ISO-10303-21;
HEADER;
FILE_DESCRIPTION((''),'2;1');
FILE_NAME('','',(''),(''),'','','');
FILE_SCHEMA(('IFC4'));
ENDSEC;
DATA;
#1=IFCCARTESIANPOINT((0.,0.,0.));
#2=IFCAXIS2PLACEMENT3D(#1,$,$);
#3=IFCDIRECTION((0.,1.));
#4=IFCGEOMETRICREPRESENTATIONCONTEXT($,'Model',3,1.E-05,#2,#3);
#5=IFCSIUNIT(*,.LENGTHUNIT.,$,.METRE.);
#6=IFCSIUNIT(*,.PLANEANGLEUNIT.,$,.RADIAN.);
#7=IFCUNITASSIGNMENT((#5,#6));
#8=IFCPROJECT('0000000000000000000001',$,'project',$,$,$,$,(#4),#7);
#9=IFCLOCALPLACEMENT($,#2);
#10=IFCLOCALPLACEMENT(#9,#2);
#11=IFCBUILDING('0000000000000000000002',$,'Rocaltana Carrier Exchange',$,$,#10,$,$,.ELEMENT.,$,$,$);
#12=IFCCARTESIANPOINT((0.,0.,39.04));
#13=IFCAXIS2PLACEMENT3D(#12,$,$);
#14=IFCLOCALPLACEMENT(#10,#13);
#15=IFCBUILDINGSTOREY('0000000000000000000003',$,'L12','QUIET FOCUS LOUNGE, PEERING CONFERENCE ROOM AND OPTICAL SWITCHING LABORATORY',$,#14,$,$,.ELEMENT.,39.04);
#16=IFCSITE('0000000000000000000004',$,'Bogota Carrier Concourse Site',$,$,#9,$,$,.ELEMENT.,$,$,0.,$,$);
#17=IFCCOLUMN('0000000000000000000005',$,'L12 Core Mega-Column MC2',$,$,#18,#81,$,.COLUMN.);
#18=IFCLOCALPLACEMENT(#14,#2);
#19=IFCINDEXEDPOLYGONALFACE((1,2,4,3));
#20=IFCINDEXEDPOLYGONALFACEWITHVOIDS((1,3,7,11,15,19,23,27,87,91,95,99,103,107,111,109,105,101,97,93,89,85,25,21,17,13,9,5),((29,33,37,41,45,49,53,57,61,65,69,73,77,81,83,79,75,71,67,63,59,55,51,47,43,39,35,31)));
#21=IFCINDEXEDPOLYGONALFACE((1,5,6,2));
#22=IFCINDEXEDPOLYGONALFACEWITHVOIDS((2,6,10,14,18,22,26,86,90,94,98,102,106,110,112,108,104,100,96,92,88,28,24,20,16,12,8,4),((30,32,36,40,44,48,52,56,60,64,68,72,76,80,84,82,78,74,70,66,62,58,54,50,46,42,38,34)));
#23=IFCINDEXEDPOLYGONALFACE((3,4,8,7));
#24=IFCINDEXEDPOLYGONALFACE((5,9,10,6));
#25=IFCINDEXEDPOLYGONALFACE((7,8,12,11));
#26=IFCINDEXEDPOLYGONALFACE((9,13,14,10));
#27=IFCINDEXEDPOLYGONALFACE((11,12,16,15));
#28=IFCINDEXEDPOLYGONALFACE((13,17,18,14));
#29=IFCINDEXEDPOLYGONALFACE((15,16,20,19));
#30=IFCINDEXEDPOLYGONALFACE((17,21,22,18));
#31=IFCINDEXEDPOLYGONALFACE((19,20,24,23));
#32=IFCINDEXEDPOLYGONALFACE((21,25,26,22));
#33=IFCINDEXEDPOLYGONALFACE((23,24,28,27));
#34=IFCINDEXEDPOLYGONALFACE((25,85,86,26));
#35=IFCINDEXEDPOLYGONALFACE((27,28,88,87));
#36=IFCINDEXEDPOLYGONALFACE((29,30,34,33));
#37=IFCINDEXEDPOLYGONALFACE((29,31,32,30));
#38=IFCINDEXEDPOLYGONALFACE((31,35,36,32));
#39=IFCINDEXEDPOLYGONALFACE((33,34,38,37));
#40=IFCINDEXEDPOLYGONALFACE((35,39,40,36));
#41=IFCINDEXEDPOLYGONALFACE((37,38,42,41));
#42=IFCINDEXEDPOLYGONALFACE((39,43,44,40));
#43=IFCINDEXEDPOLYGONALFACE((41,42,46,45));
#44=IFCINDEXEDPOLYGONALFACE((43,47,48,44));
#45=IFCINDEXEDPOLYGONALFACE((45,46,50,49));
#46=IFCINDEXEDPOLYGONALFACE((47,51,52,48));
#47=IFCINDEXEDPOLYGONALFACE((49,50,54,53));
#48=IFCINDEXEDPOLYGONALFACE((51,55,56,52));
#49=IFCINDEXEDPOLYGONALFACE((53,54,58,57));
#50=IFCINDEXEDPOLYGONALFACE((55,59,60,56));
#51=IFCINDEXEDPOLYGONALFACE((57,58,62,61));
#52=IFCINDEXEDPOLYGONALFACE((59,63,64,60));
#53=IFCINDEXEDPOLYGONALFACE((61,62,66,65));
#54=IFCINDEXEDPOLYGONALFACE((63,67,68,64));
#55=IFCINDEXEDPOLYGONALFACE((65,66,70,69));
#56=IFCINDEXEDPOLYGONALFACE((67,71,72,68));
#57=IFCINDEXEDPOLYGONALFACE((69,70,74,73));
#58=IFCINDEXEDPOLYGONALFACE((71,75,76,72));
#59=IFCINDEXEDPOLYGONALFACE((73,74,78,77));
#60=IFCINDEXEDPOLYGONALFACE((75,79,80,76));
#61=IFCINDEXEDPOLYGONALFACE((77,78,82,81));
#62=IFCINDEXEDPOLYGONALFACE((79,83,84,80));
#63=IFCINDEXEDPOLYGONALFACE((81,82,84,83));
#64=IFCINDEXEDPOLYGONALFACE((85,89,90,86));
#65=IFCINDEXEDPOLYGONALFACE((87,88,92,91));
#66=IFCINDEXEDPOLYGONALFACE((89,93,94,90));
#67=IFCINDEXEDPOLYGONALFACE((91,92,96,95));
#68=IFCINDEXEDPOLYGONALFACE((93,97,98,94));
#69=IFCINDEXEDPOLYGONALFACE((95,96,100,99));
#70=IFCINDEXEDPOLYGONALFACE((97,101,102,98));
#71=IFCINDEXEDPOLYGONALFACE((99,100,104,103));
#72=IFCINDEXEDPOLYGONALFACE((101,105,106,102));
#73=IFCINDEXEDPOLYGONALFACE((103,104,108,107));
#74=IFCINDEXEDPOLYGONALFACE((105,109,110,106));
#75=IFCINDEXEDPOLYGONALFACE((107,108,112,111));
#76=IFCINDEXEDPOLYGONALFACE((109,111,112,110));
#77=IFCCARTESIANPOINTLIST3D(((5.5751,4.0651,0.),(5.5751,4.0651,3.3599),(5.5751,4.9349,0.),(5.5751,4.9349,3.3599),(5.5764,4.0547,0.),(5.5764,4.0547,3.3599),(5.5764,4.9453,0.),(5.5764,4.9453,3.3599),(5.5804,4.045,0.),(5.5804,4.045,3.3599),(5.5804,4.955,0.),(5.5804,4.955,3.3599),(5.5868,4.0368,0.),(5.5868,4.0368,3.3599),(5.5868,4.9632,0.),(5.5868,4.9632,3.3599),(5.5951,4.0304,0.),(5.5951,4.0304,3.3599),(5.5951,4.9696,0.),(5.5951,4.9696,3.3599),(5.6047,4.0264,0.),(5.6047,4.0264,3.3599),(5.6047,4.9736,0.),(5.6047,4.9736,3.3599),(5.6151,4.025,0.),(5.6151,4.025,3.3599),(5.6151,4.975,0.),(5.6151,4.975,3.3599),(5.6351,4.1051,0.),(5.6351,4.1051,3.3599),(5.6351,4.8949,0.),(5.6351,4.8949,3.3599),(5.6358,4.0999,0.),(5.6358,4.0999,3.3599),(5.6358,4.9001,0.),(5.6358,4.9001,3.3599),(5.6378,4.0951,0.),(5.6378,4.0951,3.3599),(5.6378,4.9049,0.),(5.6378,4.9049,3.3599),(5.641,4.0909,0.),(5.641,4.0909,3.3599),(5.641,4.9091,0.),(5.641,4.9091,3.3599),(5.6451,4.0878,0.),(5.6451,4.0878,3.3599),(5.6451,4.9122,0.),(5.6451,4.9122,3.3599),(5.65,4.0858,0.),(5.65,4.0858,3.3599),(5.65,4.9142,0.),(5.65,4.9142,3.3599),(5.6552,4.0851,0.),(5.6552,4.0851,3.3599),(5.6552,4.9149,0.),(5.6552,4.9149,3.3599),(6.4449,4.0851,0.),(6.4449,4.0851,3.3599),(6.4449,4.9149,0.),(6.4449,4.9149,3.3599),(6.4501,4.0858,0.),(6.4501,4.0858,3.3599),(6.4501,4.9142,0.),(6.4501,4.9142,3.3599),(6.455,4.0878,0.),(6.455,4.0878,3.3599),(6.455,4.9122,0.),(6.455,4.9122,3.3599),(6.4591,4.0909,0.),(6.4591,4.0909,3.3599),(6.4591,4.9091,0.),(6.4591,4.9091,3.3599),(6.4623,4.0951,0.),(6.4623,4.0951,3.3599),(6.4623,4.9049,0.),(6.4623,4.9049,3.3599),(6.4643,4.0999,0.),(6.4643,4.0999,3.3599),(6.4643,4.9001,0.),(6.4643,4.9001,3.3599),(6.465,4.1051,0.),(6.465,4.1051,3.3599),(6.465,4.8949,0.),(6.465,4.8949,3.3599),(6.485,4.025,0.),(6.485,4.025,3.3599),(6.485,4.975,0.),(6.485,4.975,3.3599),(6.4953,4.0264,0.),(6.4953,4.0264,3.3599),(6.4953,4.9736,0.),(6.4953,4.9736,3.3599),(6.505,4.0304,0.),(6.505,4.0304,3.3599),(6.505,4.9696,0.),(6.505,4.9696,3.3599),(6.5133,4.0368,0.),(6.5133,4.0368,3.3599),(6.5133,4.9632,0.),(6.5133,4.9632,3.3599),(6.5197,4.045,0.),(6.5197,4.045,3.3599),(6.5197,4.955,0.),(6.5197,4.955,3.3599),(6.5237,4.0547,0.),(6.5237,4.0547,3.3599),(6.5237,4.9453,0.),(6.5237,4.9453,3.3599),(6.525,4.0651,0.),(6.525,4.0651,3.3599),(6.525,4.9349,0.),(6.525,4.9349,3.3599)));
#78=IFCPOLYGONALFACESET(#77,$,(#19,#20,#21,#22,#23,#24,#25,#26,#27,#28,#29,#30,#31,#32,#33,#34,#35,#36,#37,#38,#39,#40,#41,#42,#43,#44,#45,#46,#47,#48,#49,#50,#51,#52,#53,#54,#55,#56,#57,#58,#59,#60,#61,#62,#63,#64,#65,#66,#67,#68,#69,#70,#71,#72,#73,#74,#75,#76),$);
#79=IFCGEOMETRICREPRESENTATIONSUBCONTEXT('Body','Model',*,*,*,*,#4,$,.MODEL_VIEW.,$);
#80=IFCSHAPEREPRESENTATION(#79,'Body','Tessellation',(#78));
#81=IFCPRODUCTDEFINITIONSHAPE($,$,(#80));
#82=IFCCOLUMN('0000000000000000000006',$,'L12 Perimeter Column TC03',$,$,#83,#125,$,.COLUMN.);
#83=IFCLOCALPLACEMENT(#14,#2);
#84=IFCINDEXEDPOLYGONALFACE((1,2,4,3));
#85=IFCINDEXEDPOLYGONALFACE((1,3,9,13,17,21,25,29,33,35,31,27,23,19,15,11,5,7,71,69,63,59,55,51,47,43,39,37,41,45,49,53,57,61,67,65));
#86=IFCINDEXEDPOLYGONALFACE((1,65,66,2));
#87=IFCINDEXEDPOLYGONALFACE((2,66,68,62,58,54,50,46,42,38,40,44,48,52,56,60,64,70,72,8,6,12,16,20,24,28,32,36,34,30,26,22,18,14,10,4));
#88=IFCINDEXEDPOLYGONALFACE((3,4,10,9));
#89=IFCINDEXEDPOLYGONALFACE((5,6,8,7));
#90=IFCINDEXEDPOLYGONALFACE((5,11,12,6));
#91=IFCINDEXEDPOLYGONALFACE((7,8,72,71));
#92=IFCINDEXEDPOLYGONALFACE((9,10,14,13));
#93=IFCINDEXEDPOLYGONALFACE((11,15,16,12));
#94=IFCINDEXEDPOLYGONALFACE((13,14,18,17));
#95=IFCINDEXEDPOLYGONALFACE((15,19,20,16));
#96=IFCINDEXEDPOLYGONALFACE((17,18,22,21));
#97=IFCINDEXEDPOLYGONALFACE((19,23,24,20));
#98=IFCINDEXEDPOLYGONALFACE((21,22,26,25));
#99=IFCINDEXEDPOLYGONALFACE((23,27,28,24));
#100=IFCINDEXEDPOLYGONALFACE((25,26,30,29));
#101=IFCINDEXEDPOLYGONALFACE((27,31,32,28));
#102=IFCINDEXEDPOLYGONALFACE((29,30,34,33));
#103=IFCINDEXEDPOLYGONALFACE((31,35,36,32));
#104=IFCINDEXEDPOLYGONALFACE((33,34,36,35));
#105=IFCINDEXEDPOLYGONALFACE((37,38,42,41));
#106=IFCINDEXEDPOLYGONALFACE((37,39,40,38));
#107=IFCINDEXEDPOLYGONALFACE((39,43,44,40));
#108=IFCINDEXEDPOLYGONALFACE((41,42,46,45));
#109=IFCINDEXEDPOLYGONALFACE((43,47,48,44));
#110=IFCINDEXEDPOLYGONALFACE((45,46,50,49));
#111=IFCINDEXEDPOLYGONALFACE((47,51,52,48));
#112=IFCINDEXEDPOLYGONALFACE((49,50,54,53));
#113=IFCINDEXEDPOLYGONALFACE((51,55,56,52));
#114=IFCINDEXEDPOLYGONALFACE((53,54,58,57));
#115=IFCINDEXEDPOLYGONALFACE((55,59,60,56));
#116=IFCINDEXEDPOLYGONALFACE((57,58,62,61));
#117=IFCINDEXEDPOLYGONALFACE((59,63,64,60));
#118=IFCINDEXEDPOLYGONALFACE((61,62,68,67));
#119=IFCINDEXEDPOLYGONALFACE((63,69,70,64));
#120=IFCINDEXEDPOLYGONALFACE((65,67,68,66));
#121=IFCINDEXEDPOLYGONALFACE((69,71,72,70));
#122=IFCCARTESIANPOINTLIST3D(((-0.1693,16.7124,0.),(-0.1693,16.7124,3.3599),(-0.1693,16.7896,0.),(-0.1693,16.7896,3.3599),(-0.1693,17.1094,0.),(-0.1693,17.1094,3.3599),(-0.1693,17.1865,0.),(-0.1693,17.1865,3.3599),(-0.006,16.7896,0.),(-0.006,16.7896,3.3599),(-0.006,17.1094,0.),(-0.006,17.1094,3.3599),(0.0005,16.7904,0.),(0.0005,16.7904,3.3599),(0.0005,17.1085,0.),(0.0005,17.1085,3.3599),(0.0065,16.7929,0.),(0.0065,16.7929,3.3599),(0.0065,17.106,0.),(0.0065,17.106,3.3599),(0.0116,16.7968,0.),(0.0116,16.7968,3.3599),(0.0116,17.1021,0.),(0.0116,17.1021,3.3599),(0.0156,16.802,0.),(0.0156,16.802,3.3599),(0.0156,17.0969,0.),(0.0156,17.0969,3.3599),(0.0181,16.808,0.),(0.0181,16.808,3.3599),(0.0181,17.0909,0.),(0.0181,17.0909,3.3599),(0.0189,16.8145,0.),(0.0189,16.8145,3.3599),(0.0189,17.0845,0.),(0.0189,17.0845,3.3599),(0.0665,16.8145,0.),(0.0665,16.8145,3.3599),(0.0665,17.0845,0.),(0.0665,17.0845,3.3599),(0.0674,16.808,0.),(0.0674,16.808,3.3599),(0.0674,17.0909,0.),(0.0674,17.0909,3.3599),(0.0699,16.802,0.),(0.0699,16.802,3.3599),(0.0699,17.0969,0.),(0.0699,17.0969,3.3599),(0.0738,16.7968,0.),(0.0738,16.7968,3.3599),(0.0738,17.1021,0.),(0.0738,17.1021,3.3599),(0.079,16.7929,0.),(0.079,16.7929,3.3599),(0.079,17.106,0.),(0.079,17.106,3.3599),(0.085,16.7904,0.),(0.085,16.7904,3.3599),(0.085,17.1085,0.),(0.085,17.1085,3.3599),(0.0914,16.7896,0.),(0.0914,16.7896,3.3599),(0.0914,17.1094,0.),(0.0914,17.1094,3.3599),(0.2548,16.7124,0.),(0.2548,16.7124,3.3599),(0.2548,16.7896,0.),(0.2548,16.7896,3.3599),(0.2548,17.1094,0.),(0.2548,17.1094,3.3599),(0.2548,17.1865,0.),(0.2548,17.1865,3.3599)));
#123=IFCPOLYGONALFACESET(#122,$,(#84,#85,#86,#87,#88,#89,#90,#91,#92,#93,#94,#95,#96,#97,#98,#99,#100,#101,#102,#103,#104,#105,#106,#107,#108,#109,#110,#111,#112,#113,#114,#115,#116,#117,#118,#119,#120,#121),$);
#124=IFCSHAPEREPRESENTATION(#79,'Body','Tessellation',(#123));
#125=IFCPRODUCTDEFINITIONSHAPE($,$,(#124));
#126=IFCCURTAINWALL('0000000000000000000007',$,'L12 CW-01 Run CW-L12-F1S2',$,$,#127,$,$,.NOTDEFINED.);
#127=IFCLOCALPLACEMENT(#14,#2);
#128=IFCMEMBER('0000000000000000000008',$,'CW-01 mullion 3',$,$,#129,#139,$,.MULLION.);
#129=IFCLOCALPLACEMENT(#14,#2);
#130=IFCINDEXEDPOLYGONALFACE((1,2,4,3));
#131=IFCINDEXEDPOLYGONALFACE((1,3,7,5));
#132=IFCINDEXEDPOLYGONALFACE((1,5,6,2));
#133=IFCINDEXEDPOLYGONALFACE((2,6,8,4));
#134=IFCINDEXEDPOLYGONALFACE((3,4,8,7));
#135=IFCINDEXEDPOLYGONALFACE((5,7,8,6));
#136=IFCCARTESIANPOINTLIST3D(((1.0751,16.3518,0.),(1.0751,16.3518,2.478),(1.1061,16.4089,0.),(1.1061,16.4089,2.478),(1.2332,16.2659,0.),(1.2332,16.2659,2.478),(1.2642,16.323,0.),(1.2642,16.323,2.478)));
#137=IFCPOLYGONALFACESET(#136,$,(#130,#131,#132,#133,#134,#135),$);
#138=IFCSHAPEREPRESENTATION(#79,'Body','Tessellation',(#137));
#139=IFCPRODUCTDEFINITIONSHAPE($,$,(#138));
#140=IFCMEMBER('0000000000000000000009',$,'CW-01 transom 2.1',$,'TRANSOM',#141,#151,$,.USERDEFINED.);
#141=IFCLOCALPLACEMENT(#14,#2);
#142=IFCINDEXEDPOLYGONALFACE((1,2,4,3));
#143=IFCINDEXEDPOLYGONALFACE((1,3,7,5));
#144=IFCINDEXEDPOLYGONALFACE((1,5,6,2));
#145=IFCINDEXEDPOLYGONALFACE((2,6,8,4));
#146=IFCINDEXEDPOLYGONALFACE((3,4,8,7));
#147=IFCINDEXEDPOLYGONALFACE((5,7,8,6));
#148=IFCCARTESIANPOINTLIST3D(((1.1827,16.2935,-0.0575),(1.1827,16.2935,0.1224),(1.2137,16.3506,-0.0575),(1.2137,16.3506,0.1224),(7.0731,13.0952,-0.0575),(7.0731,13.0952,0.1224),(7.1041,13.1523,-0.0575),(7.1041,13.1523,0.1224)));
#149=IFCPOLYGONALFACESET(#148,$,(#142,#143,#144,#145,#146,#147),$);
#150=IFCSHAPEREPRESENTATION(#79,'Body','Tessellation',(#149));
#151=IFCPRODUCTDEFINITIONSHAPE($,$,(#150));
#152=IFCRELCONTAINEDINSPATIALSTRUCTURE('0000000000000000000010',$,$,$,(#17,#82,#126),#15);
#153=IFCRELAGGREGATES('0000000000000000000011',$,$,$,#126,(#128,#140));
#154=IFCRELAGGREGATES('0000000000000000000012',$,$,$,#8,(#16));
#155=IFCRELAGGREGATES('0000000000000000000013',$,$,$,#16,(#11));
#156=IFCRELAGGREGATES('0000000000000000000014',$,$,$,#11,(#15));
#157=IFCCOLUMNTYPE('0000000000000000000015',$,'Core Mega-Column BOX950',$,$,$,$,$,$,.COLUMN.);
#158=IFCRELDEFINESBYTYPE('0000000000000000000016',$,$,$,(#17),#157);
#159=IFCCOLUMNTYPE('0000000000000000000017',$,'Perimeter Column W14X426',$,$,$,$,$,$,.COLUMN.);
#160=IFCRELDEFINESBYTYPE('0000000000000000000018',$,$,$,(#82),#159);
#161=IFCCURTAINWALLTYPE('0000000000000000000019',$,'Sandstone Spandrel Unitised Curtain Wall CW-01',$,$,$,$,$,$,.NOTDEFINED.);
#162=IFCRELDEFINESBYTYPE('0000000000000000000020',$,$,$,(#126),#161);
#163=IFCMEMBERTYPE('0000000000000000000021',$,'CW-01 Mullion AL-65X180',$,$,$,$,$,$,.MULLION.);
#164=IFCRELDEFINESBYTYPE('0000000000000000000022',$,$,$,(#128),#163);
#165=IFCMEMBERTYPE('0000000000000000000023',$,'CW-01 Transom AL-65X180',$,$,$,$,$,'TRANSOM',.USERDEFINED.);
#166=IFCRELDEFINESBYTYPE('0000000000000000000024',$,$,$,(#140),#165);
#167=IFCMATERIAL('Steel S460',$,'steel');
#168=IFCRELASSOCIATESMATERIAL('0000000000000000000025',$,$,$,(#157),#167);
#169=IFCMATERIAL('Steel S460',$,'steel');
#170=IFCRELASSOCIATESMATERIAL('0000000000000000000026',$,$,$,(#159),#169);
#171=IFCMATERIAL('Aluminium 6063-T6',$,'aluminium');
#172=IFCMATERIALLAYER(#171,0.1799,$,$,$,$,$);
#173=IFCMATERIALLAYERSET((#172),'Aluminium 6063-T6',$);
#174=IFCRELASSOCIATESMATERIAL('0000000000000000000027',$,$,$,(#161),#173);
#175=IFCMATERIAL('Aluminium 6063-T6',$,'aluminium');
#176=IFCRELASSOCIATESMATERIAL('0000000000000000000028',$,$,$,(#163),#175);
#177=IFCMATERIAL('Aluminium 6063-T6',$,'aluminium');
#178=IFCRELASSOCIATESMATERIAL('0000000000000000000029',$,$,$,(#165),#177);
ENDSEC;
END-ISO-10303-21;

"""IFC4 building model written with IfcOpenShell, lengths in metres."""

from ifc_helpers import new_model, si_unit, direction, frame, origin, origin_2d, place, context, subcontext, project, spatial, rectangle, hollow_rectangle, i_section, extrude, material, layer, layer_set, material_profile, profile_set, type_object, element, aggregate, save


model = new_model("IFC4")

# Units and contexts
model_context = context("Model", 3, precision=1e-05, world=origin(), true_north=direction((0.0, 1.0)))
body_context = subcontext(model_context, "Body", "Model", "MODEL_VIEW")
ifc_project = project(units=[si_unit("LENGTHUNIT", "METRE"), si_unit("PLANEANGLEUNIT", "RADIAN")], contexts=[model_context])

# Site, building, storey
site_placement = place(None, origin())
site = spatial("IfcSite", under=ifc_project, at=site_placement, Name="Bogota Carrier Concourse Site", CompositionType="ELEMENT", RefElevation=0.0)
building_placement = place(site_placement, origin())
building = spatial("IfcBuilding", under=site, at=building_placement, Name="Rocaltana Carrier Exchange", CompositionType="ELEMENT")
storey_placement = place(building_placement, frame((0.0, 0.0, 39.04)))
storey = spatial("IfcBuildingStorey", under=building, at=storey_placement, Name="L12", Description="QUIET FOCUS LOUNGE, PEERING CONFERENCE ROOM AND OPTICAL SWITCHING LABORATORY", CompositionType="ELEMENT", Elevation=39.04)

# Columns
ifc_material_1 = material(Name="Steel S460", Category="steel")
ifc_material_profile_1 = material_profile(ifc_material_1, hollow_rectangle(XDim=0.95, YDim=0.95, WallThickness=0.0601, InnerFilletRadius=0.02, OuterFilletRadius=0.04, at=origin_2d()), Name="BOX950X950X60")
ifc_profile_set_1 = profile_set([ifc_material_profile_1], Name="Steel S460")
column_type_1 = type_object("IfcColumnType", Name="Core Mega-Column BOX950", PredefinedType="COLUMN", material=ifc_profile_set_1)
column_1_placement = place(storey_placement, frame((6.05, 4.5, 0.0), z_axis=(0.0, 0.0, 1.0), x_axis=(1.0, 0.0, 0.0)))
element("IfcColumn", 1, at=column_1_placement, inside=storey, type_object=column_type_1, Name="L12 Core Mega-Column MC2", PredefinedType="COLUMN", context=body_context, shape_type="SweptSolid", body=[
    extrude(hollow_rectangle(XDim=0.95, YDim=0.95, WallThickness=0.0601, InnerFilletRadius=0.02, OuterFilletRadius=0.04, at=origin_2d()), origin(), (0.0, 0.0, 1.0), 3.3599),
])
ifc_material_2 = material(Name="Steel S460", Category="steel")
ifc_material_profile_2 = material_profile(ifc_material_2, i_section(OverallWidth=0.4241, OverallDepth=0.4741, WebThickness=0.0476, FlangeThickness=0.0771, FilletRadius=0.0249, at=origin_2d()), Name="W14X426")
ifc_profile_set_2 = profile_set([ifc_material_profile_2], Name="Steel S460")
column_type_2 = type_object("IfcColumnType", Name="Perimeter Column W14X426", PredefinedType="COLUMN", material=ifc_profile_set_2)
column_2_placement = place(storey_placement, frame((0.0427, 16.9495, 0.0), z_axis=(0.0, 0.0, 1.0), x_axis=(1.0, 0.0, 0.0)))
element("IfcColumn", 2, at=column_2_placement, inside=storey, type_object=column_type_2, Name="L12 Perimeter Column TC03", PredefinedType="COLUMN", context=body_context, shape_type="SweptSolid", body=[
    extrude(i_section(OverallWidth=0.4241, OverallDepth=0.4741, WebThickness=0.0476, FlangeThickness=0.0771, FilletRadius=0.0249, at=origin_2d()), origin(), (0.0, 0.0, 1.0), 3.3599),
])

# Curtain wall, members
ifc_material_3 = material(Name="Aluminium 6063-T6", Category="aluminium")
ifc_layer_1 = layer(ifc_material_3, 0.1799)
ifc_layer_set_1 = layer_set([ifc_layer_1], Name="Aluminium 6063-T6")
curtain_wall_type = type_object("IfcCurtainWallType", Name="Sandstone Spandrel Unitised Curtain Wall CW-01", PredefinedType="NOTDEFINED", material=ifc_layer_set_1)
curtain_wall_placement = place(storey_placement, origin())
curtain_wall = element("IfcCurtainWall", 3, at=curtain_wall_placement, inside=storey, type_object=curtain_wall_type, Name="L12 CW-01 Run CW-L12-F1S2", PredefinedType="NOTDEFINED")
ifc_material_4 = material(Name="Aluminium 6063-T6", Category="aluminium")
ifc_material_profile_3 = material_profile(ifc_material_4, rectangle(XDim=0.0649, YDim=0.1799, at=origin_2d()), Name="AL-65X180")
ifc_profile_set_3 = profile_set([ifc_material_profile_3], Name="Aluminium 6063-T6")
member_type_1 = type_object("IfcMemberType", Name="CW-01 Mullion AL-65X180", PredefinedType="MULLION", material=ifc_profile_set_3)
member_1_placement = place(storey_placement, frame((1.1697, 16.3374, 0.0), z_axis=(0.0, 0.0, 1.0), x_axis=(-0.477164, -0.878814, 0.0)))
member_1 = element("IfcMember", 4, at=member_1_placement, type_object=member_type_1, Name="CW-01 mullion 3", PredefinedType="MULLION", context=body_context, shape_type="SweptSolid", body=[
    extrude(rectangle(XDim=0.0649, YDim=0.1799, at=origin_2d()), origin(), (0.0, 0.0, 1.0), 2.478),
])
ifc_material_5 = material(Name="Aluminium 6063-T6", Category="aluminium")
ifc_material_profile_4 = material_profile(ifc_material_5, rectangle(XDim=0.0649, YDim=0.1799, at=origin_2d()), Name="AL-65X180")
ifc_profile_set_4 = profile_set([ifc_material_profile_4], Name="Aluminium 6063-T6")
member_type_2 = type_object("IfcMemberType", Name="CW-01 Transom AL-65X180", ElementType="TRANSOM", PredefinedType="USERDEFINED", material=ifc_profile_set_4)
member_2_placement = place(storey_placement, frame((7.0886, 13.1238, 0.0325), z_axis=(-0.878815, 0.477162, 0.0), x_axis=(-0.477162, -0.878815, 0.0)))
member_2 = element("IfcMember", 5, at=member_2_placement, type_object=member_type_2, Name="CW-01 transom 2.1", ObjectType="TRANSOM", PredefinedType="USERDEFINED", context=body_context, shape_type="SweptSolid", body=[
    extrude(rectangle(XDim=0.0649, YDim=0.1799, at=origin_2d()), origin(), (0.0, 0.0, 1.0), 6.7026),
])

aggregate(curtain_wall, [member_1, member_2])

save(model, "model.ifc")
